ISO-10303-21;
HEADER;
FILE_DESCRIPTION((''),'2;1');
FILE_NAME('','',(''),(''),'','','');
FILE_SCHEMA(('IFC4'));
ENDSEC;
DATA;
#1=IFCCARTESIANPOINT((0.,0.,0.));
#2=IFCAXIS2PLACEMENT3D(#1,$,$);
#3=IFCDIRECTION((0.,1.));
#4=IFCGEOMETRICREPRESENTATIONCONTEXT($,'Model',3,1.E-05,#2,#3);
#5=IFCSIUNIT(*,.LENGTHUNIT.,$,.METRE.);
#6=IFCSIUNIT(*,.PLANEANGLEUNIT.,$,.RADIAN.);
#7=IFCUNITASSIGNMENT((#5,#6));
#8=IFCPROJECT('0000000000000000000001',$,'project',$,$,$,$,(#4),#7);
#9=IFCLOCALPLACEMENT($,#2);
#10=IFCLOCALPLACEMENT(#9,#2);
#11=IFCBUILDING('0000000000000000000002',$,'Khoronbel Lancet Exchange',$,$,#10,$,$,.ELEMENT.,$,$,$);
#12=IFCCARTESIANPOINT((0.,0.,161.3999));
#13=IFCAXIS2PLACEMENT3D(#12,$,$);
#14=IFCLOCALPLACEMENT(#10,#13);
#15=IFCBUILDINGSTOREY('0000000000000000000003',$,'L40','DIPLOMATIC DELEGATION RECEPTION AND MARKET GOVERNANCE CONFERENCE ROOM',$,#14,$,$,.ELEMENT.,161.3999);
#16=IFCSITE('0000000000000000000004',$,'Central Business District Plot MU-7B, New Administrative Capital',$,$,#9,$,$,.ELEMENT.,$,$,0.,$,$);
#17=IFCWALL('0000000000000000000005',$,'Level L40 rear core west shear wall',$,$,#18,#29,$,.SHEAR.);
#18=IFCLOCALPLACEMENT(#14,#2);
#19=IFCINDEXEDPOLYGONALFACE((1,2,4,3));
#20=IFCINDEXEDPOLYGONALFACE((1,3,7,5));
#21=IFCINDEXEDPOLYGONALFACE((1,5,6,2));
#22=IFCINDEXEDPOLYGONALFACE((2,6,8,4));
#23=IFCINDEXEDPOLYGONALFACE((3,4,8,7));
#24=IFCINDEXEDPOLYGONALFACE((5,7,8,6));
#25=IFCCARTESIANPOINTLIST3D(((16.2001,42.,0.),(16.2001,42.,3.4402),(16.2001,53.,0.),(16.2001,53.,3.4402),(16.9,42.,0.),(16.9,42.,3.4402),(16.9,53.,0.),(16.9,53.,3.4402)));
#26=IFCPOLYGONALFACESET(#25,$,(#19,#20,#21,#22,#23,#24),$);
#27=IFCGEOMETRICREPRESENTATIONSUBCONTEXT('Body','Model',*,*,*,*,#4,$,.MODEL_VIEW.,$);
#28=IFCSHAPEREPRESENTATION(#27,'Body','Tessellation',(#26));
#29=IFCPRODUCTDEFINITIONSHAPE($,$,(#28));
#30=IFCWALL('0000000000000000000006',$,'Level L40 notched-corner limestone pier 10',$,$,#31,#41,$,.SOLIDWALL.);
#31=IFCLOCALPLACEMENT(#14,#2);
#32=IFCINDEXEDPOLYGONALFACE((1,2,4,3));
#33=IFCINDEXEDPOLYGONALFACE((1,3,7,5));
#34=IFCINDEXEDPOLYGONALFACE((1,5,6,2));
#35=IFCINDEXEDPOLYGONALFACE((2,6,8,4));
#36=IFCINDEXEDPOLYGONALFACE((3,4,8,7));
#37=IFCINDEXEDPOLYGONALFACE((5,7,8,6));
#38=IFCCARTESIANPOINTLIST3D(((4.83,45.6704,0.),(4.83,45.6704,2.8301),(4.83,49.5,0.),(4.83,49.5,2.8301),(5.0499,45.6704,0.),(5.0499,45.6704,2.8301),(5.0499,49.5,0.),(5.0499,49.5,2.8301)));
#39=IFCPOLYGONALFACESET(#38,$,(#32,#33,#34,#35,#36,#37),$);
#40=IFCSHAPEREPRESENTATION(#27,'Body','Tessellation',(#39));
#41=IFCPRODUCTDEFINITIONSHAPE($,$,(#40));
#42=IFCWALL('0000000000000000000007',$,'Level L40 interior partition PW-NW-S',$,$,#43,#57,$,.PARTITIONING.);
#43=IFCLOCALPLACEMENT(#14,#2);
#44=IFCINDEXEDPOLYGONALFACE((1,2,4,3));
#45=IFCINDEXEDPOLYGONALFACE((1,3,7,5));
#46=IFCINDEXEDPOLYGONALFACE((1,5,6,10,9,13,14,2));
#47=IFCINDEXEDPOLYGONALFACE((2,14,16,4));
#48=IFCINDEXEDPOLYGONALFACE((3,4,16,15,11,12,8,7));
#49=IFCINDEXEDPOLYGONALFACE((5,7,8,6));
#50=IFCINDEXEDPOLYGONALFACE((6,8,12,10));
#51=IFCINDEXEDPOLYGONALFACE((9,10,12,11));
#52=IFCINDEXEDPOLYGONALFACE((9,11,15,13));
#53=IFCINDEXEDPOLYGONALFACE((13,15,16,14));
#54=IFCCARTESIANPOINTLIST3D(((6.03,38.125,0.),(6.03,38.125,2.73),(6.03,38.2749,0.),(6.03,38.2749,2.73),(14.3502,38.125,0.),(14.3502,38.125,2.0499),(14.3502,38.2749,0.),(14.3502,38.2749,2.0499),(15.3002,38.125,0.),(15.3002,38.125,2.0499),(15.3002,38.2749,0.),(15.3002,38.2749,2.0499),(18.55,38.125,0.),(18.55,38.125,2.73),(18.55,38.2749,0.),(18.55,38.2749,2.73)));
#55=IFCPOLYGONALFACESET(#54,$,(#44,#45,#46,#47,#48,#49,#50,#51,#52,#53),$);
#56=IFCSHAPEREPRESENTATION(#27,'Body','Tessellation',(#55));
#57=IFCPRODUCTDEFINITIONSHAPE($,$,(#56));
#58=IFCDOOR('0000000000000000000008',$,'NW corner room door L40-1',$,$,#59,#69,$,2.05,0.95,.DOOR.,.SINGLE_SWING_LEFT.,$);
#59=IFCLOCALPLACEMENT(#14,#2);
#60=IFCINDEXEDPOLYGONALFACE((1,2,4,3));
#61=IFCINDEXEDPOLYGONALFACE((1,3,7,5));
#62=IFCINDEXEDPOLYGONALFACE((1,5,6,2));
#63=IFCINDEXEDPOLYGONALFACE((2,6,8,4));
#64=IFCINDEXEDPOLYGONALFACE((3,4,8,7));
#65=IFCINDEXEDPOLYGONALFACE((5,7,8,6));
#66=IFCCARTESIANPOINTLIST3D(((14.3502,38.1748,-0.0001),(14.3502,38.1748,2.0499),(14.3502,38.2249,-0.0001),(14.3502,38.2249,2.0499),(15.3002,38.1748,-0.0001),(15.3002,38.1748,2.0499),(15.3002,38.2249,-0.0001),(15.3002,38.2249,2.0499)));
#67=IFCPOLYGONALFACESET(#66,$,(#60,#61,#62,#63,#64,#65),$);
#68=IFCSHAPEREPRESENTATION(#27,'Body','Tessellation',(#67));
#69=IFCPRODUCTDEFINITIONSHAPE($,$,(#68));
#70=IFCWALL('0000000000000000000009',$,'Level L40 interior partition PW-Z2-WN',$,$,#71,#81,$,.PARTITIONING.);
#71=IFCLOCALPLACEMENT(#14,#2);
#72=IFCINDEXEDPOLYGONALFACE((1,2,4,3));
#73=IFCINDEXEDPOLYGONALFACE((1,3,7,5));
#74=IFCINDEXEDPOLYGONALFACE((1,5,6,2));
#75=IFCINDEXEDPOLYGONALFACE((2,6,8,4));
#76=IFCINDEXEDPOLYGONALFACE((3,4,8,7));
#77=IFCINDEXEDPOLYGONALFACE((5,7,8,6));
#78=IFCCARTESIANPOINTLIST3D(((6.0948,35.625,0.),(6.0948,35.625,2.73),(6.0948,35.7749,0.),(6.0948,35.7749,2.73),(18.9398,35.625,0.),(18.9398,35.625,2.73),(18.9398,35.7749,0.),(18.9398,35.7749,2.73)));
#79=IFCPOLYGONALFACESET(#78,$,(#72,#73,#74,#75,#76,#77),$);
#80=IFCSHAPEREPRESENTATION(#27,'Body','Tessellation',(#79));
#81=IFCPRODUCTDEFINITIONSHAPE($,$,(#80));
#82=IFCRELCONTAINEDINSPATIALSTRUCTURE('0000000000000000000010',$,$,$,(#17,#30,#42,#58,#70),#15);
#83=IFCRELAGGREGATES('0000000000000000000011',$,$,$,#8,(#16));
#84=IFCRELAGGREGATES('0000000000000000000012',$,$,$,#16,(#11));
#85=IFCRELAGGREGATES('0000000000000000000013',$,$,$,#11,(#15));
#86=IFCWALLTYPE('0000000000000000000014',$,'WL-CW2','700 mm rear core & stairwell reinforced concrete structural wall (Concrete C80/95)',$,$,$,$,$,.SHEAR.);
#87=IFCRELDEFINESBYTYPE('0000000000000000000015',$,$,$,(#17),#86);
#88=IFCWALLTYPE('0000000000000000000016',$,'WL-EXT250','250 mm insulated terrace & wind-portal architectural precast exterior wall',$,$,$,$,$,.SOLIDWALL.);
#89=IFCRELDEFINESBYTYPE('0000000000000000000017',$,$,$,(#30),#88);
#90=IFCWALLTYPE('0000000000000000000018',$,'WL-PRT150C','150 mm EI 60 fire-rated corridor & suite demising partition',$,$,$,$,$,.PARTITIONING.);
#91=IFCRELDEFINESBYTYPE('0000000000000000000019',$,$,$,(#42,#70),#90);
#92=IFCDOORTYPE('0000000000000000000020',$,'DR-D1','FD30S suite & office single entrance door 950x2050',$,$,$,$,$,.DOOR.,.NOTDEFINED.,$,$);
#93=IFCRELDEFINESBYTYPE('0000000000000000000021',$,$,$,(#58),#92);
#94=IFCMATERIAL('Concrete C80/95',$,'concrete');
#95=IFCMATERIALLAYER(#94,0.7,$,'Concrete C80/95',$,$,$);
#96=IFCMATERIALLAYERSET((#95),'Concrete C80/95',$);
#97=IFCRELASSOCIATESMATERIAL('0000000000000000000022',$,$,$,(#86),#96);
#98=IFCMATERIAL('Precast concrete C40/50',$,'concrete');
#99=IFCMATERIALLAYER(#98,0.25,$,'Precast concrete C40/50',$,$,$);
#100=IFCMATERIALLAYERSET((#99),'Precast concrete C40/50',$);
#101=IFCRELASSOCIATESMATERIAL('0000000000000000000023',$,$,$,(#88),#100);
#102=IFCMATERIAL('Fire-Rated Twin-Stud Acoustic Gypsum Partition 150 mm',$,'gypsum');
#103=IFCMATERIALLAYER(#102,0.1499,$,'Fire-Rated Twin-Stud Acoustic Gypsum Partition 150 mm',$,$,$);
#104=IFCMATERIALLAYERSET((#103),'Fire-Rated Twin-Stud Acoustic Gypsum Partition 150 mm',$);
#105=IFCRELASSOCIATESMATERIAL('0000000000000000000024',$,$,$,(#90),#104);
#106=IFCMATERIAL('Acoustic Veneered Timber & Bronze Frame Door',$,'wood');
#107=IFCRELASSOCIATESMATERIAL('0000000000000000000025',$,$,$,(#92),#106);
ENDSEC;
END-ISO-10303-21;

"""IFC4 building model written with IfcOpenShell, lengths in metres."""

from ifc_helpers import new_model, si_unit, direction, frame, frame_2d, origin, place, context, subcontext, project, spatial, rectangle, extrude, material, layer, layer_set, type_object, element, fill, save


model = new_model("IFC4")

# Units and contexts
model_context = context("Model", 3, precision=1e-05, world=origin(), true_north=direction((0.0, 1.0)))
body_context = subcontext(model_context, "Body", "Model", "MODEL_VIEW")
ifc_project = project(units=[si_unit("LENGTHUNIT", "METRE"), si_unit("PLANEANGLEUNIT", "RADIAN")], contexts=[model_context])

# Site, building, storey
site_placement = place(None, origin())
site = spatial("IfcSite", under=ifc_project, at=site_placement, Name="Central Business District Plot MU-7B, New Administrative Capital", CompositionType="ELEMENT", RefElevation=0.0)
building_placement = place(site_placement, origin())
building = spatial("IfcBuilding", under=site, at=building_placement, Name="Khoronbel Lancet Exchange", CompositionType="ELEMENT")
storey_placement = place(building_placement, frame((0.0, 0.0, 161.3999)))
storey = spatial("IfcBuildingStorey", under=building, at=storey_placement, Name="L40", Description="DIPLOMATIC DELEGATION RECEPTION AND MARKET GOVERNANCE CONFERENCE ROOM", CompositionType="ELEMENT", Elevation=161.3999)

# Walls
ifc_material_1 = material(Name="Concrete C80/95", Category="concrete")
ifc_layer_1 = layer(ifc_material_1, 0.7, Name="Concrete C80/95")
ifc_layer_set_1 = layer_set([ifc_layer_1], Name="Concrete C80/95")
wall_type_1 = type_object("IfcWallType", Name="WL-CW2", Description="700 mm rear core & stairwell reinforced concrete structural wall (Concrete C80/95)", PredefinedType="SHEAR", material=ifc_layer_set_1)
wall_1_placement = place(storey_placement, frame((16.55, 42.0, 0.0), z_axis=(0.0, 0.0, 1.0), x_axis=(0.0, 1.0, 0.0)))
element("IfcWall", 1, at=wall_1_placement, inside=storey, type_object=wall_type_1, Name="Level L40 rear core west shear wall", PredefinedType="SHEAR", context=body_context, shape_type="SweptSolid", body=[
    extrude(rectangle(XDim=11.0, YDim=0.7, at=frame_2d((5.5, 0.0))), origin(), (0.0, 0.0, 1.0), 3.4402),
])
ifc_material_2 = material(Name="Precast concrete C40/50", Category="concrete")
ifc_layer_2 = layer(ifc_material_2, 0.25, Name="Precast concrete C40/50")
ifc_layer_set_2 = layer_set([ifc_layer_2], Name="Precast concrete C40/50")
wall_type_2 = type_object("IfcWallType", Name="WL-EXT250", Description="250 mm insulated terrace & wind-portal architectural precast exterior wall", PredefinedType="SOLIDWALL", material=ifc_layer_set_2)
wall_2_placement = place(storey_placement, frame((4.9399, 45.6704, 0.0), z_axis=(0.0, 0.0, 1.0), x_axis=(0.0, 1.0, 0.0)))
element("IfcWall", 2, at=wall_2_placement, inside=storey, type_object=wall_type_2, Name="Level L40 notched-corner limestone pier 10", PredefinedType="SOLIDWALL", context=body_context, shape_type="SweptSolid", body=[
    extrude(rectangle(XDim=3.8296, YDim=0.22, at=frame_2d((1.9148, 0.0))), origin(), (0.0, 0.0, 1.0), 2.8301),
])

# Wall, opening, door
ifc_material_3 = material(Name="Fire-Rated Twin-Stud Acoustic Gypsum Partition 150 mm", Category="gypsum")
ifc_layer_3 = layer(ifc_material_3, 0.1499, Name="Fire-Rated Twin-Stud Acoustic Gypsum Partition 150 mm")
ifc_layer_set_3 = layer_set([ifc_layer_3], Name="Fire-Rated Twin-Stud Acoustic Gypsum Partition 150 mm")
wall_type_3 = type_object("IfcWallType", Name="WL-PRT150C", Description="150 mm EI 60 fire-rated corridor & suite demising partition", PredefinedType="PARTITIONING", material=ifc_layer_set_3)
wall_3_placement = place(storey_placement, frame((6.03, 38.2, 0.0), z_axis=(0.0, 0.0, 1.0), x_axis=(1.0, 0.0, 0.0)))
wall_3 = element("IfcWall", 3, at=wall_3_placement, inside=storey, type_object=wall_type_3, Name="Level L40 interior partition PW-NW-S", PredefinedType="PARTITIONING", context=body_context, shape_type="SweptSolid", body=[
    extrude(rectangle(XDim=12.52, YDim=0.1499, at=frame_2d((6.26, 0.0))), origin(), (0.0, 0.0, 1.0), 2.73),
])
opening_1_placement = place(wall_3_placement, frame((8.3201, 0.0, 0.0)))
opening_1 = element("IfcOpeningElement", 4, at=opening_1_placement, cuts=wall_3, PredefinedType="OPENING", context=body_context, shape_type="SweptSolid", body=[
    extrude(rectangle(XDim=0.95, YDim=2.05, at=frame_2d((0.4751, 1.0249))), frame((0.0, 0.085, 0.0), z_axis=(0.0, -1.0, 0.0), x_axis=(1.0, 0.0, 0.0)), (0.0, 0.0, 1.0), 0.1699),
])
ifc_material_4 = material(Name="Acoustic Veneered Timber & Bronze Frame Door", Category="wood")
door_type_1 = type_object("IfcDoorType", Name="DR-D1", Description="FD30S suite & office single entrance door 950x2050", OperationType="NOTDEFINED", PredefinedType="DOOR", material=ifc_material_4)
door_1_placement = place(opening_1_placement, origin())
door_1 = element("IfcDoor", 5, at=door_1_placement, inside=storey, type_object=door_type_1, Name="NW corner room door L40-1", OperationType="SINGLE_SWING_LEFT", OverallHeight=2.05, OverallWidth=0.95, PredefinedType="DOOR", context=body_context, shape_type="SweptSolid", body=[
    extrude(rectangle(XDim=0.95, YDim=2.05, at=frame_2d((0.4751, 1.0249))), frame((0.0, 0.0249, 0.0), z_axis=(0.0, -1.0, 0.0), x_axis=(1.0, 0.0, 0.0)), (0.0, 0.0, 1.0), 0.05),
])
fill(opening_1, door_1)

# Wall
wall_4_placement = place(storey_placement, frame((6.095, 35.7, 0.0), z_axis=(0.0, 0.0, 1.0), x_axis=(1.0, 0.0, 0.0)))
element("IfcWall", 6, at=wall_4_placement, inside=storey, type_object=wall_type_3, Name="Level L40 interior partition PW-Z2-WN", PredefinedType="PARTITIONING", context=body_context, shape_type="SweptSolid", body=[
    extrude(rectangle(XDim=12.845, YDim=0.1499, at=frame_2d((6.4224, 0.0))), origin(), (0.0, 0.0, 1.0), 2.73),
])

save(model, "model.ifc")
